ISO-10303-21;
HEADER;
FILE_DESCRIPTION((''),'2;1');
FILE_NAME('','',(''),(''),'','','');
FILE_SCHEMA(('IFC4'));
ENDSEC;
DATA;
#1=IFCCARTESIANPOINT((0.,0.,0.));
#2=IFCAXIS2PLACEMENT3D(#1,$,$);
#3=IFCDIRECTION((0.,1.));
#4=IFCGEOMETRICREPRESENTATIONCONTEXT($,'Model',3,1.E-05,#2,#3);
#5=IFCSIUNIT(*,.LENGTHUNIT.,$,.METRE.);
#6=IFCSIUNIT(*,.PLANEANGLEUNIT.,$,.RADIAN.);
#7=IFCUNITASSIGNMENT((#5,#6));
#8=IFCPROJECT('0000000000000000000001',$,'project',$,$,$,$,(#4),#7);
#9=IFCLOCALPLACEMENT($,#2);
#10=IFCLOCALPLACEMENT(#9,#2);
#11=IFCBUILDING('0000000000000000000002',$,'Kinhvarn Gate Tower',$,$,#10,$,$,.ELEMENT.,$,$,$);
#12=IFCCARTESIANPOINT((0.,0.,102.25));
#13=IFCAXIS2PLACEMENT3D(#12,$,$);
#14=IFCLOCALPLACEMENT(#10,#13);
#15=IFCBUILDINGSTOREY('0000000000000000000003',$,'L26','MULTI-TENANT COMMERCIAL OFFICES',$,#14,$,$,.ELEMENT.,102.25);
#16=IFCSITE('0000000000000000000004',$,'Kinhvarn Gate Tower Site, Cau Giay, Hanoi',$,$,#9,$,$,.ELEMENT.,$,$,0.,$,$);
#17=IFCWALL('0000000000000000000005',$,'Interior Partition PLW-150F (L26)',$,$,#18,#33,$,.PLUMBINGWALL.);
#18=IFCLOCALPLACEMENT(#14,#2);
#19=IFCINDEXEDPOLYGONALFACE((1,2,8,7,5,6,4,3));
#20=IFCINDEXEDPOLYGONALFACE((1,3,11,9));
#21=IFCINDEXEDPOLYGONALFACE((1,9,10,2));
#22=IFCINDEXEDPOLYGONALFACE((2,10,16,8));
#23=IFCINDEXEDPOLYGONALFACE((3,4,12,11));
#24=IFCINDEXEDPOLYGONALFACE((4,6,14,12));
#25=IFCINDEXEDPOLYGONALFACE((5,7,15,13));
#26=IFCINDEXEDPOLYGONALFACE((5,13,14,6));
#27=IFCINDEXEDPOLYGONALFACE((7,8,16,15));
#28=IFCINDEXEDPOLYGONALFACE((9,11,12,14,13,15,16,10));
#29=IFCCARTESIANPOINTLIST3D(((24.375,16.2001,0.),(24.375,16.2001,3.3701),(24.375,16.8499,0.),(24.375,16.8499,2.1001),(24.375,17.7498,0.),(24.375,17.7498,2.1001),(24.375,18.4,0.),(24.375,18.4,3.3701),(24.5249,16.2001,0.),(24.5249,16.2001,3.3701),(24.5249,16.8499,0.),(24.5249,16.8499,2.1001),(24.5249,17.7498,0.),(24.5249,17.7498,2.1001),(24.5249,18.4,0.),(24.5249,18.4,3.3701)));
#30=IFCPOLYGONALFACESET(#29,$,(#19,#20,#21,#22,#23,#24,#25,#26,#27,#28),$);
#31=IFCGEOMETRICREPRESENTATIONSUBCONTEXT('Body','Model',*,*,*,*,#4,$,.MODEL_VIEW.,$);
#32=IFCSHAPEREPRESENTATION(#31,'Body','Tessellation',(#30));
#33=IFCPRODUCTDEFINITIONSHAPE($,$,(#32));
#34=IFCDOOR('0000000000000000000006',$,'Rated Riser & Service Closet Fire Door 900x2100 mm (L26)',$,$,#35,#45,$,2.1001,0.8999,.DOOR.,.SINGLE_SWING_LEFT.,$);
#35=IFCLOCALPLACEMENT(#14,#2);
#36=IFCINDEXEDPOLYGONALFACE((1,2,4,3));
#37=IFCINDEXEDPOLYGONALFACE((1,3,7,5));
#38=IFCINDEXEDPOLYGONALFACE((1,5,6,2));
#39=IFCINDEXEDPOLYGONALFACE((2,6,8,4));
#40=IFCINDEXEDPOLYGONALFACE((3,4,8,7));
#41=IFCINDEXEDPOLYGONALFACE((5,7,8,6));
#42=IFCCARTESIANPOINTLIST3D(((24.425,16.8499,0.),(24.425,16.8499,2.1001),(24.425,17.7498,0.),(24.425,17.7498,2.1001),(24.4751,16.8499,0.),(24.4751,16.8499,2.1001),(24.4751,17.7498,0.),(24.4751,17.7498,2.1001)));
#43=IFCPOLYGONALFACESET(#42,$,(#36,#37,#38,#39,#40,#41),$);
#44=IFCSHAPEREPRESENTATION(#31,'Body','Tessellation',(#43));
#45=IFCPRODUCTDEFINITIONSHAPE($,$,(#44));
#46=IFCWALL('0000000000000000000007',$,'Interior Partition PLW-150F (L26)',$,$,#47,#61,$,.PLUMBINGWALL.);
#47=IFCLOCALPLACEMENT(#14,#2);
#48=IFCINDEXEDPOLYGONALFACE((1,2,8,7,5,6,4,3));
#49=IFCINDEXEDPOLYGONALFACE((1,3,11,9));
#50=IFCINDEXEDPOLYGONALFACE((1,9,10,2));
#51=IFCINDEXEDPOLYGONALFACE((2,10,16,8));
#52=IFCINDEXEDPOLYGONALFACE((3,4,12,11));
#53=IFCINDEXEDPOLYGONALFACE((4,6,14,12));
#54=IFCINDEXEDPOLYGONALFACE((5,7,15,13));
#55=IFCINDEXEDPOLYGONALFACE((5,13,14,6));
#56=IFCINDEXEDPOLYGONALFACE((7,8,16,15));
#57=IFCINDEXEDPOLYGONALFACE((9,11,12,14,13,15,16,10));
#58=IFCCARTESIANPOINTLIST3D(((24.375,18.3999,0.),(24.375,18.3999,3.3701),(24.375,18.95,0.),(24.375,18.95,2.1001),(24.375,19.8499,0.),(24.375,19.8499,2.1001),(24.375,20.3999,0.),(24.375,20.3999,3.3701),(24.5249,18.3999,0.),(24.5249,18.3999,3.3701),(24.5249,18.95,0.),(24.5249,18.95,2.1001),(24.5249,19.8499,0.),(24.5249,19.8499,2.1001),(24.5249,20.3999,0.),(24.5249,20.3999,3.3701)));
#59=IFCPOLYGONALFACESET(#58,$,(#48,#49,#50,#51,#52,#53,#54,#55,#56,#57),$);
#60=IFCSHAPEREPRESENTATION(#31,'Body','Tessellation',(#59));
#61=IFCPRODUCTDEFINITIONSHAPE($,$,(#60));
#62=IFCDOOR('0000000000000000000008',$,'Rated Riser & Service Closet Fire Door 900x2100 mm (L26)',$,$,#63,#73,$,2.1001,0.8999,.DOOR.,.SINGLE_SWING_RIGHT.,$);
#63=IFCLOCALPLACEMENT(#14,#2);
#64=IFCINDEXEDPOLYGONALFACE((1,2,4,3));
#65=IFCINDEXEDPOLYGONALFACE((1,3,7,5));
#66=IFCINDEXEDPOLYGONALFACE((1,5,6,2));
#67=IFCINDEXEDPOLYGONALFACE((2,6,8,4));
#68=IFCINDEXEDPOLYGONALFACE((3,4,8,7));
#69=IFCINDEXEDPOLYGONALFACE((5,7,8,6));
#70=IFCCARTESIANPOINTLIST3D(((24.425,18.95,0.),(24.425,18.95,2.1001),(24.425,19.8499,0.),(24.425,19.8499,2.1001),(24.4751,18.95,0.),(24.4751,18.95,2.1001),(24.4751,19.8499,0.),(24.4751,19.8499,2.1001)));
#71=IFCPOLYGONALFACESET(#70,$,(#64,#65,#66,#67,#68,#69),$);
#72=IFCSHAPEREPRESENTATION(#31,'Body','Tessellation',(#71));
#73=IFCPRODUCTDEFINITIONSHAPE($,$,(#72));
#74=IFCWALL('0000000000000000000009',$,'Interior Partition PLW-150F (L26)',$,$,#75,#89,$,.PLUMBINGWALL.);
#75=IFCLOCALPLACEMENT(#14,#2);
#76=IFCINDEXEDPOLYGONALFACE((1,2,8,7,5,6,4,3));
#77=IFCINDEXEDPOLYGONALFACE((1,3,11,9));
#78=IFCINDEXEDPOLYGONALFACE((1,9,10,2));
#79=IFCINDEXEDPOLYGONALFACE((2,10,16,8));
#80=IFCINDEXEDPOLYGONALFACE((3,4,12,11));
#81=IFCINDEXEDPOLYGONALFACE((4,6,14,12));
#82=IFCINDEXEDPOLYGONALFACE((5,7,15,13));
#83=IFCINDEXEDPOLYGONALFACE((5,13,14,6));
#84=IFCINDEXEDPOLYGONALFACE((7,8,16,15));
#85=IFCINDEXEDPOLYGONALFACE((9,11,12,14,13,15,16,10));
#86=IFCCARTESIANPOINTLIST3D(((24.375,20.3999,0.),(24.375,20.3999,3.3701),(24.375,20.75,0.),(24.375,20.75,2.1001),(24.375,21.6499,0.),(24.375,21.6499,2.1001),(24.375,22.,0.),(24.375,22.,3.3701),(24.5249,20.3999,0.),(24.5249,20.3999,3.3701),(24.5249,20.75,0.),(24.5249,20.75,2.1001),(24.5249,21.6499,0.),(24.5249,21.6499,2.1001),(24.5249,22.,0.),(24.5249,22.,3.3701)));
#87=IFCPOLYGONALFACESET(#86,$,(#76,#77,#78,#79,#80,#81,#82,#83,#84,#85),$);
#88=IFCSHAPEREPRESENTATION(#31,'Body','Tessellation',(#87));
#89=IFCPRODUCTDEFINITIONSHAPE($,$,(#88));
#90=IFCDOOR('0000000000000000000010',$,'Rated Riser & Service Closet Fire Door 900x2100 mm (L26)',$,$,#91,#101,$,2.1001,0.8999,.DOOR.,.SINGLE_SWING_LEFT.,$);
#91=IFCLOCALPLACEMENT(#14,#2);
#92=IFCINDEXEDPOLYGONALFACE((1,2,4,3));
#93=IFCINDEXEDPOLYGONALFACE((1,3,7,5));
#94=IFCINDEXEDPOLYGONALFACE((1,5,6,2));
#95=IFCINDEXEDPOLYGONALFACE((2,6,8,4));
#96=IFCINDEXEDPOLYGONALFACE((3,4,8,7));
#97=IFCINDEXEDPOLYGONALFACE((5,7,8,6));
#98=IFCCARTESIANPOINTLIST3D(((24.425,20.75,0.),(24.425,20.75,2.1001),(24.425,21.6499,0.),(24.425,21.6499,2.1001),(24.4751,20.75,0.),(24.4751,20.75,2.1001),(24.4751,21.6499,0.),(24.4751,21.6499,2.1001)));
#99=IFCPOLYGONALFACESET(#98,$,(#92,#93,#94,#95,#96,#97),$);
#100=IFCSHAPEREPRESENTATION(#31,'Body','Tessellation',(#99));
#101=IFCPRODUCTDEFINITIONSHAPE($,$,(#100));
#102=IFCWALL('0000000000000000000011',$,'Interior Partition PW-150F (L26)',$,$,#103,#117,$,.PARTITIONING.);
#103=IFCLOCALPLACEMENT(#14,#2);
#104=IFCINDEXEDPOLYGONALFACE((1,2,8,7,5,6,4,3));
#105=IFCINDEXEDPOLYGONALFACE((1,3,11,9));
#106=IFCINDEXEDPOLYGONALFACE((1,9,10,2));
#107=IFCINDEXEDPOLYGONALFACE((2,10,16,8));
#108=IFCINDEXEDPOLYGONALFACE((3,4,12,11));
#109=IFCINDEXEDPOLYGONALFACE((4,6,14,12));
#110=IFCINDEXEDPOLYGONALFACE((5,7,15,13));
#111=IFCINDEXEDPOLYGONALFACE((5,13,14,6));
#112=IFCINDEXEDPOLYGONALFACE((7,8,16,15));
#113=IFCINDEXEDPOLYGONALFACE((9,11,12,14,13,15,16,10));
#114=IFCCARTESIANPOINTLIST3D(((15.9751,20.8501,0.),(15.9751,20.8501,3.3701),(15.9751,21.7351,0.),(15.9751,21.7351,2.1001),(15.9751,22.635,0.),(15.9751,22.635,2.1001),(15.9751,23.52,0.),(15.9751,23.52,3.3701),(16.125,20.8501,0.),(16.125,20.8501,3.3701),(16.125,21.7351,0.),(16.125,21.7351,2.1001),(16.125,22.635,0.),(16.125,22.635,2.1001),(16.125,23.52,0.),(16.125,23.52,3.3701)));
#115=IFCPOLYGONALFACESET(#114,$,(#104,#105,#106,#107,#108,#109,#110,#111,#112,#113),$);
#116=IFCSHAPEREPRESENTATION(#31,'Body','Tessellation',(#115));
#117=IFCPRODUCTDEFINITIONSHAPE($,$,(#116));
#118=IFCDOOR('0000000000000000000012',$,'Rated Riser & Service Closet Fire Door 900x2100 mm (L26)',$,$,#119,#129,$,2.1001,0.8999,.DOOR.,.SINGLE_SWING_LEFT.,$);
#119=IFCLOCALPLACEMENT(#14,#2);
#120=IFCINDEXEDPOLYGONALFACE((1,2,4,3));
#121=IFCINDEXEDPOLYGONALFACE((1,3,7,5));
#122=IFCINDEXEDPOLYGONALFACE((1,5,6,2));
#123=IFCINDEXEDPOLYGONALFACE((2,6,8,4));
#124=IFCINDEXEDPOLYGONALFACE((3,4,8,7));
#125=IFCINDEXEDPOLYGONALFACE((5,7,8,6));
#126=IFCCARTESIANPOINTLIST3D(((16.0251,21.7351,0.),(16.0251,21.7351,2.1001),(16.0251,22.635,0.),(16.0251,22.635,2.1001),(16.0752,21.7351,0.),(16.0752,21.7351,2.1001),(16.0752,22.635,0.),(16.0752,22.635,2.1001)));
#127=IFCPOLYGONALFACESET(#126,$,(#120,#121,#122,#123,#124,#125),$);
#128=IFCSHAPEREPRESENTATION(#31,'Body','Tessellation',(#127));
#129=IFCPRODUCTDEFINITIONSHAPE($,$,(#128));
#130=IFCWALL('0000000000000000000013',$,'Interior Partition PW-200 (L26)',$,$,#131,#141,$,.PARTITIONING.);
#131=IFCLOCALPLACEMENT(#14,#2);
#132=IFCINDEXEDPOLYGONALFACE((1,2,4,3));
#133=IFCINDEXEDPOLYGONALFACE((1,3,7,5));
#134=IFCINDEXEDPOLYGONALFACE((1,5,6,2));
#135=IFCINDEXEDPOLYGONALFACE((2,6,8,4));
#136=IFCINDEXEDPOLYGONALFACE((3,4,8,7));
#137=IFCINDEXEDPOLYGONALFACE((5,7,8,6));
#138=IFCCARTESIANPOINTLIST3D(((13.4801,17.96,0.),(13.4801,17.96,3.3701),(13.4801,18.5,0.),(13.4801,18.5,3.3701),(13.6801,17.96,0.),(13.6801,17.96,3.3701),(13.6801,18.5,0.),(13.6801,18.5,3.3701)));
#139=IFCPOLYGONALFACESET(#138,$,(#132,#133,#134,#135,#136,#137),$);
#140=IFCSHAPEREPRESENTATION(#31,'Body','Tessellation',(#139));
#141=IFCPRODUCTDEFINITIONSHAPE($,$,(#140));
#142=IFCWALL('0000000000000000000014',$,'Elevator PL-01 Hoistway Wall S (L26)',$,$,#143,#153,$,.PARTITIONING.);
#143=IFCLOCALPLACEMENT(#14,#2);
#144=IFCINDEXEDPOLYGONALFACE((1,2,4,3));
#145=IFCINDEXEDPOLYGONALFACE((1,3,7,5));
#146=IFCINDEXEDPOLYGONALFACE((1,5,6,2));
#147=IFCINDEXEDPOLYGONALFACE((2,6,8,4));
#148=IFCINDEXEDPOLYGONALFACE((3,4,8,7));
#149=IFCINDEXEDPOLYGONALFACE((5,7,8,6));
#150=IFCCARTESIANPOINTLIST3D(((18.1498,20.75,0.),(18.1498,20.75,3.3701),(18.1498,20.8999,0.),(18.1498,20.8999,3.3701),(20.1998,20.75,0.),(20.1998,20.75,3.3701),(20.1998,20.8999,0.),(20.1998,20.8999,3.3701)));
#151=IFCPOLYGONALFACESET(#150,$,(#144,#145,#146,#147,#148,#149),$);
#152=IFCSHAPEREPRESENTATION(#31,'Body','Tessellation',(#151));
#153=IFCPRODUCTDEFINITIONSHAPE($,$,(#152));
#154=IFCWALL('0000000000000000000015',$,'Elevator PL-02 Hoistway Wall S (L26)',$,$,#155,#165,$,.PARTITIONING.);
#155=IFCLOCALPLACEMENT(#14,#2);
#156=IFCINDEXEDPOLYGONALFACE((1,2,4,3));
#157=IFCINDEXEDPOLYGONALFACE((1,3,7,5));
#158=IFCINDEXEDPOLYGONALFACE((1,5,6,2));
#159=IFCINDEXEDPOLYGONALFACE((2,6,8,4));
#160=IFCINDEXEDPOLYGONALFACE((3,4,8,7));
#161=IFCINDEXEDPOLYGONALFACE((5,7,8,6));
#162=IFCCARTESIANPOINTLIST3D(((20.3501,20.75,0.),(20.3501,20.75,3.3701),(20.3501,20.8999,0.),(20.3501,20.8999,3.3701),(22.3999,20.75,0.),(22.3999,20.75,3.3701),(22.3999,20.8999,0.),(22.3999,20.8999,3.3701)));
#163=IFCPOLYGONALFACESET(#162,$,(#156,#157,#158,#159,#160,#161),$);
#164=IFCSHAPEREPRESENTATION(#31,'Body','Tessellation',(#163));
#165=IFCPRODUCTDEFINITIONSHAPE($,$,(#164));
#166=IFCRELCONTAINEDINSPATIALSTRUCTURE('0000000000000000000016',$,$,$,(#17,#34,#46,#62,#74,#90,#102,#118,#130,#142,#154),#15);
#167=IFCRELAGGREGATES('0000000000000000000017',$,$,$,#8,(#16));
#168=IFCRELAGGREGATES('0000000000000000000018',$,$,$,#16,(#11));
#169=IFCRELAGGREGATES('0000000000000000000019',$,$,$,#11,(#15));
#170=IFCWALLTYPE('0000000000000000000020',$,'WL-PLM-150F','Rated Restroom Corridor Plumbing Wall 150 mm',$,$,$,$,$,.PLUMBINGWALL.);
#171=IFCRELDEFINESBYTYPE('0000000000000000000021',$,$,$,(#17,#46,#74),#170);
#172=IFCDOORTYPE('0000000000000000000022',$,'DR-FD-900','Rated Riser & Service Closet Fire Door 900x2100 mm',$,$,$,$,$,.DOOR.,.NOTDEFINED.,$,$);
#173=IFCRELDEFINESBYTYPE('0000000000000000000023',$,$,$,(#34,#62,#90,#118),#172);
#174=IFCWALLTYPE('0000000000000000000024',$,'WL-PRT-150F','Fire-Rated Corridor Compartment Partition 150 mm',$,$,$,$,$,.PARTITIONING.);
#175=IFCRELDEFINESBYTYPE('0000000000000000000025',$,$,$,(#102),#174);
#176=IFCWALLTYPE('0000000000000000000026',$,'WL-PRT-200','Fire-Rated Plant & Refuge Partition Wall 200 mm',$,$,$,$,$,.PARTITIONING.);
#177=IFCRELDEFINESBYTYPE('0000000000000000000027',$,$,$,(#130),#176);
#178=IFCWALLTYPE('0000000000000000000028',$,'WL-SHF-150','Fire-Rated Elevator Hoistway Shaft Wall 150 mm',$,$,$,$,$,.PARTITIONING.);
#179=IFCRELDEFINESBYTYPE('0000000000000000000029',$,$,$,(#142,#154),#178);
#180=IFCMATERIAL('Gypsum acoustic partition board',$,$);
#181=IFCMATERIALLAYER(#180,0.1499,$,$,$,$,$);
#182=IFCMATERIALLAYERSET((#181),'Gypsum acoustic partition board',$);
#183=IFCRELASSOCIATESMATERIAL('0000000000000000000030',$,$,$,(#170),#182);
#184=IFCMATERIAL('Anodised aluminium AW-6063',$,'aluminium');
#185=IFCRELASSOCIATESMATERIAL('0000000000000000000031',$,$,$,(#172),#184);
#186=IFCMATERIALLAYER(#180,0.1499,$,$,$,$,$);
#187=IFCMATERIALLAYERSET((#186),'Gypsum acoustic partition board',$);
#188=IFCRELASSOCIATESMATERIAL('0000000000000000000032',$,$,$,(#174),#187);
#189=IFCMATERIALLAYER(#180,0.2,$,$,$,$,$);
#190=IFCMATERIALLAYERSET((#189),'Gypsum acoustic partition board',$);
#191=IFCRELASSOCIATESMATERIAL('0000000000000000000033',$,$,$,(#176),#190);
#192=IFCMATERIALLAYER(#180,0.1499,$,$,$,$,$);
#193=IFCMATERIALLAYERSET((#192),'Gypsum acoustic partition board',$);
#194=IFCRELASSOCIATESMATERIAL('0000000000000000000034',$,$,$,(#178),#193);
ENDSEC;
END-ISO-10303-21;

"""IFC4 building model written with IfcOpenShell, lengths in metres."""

from ifc_helpers import new_model, si_unit, direction, frame, frame_2d, origin, place, context, subcontext, project, spatial, rectangle, extrude, material, layer, layer_set, type_object, element, fill, save


model = new_model("IFC4")

# Units and contexts
model_context = context("Model", 3, precision=1e-05, world=origin(), true_north=direction((0.0, 1.0)))
body_context = subcontext(model_context, "Body", "Model", "MODEL_VIEW")
ifc_project = project(units=[si_unit("LENGTHUNIT", "METRE"), si_unit("PLANEANGLEUNIT", "RADIAN")], contexts=[model_context])

# Site, building, storey
site_placement = place(None, origin())
site = spatial("IfcSite", under=ifc_project, at=site_placement, Name="Kinhvarn Gate Tower Site, Cau Giay, Hanoi", CompositionType="ELEMENT", RefElevation=0.0)
building_placement = place(site_placement, origin())
building = spatial("IfcBuilding", under=site, at=building_placement, Name="Kinhvarn Gate Tower", CompositionType="ELEMENT")
storey_placement = place(building_placement, frame((0.0, 0.0, 102.25)))
storey = spatial("IfcBuildingStorey", under=building, at=storey_placement, Name="L26", Description="MULTI-TENANT COMMERCIAL OFFICES", CompositionType="ELEMENT", Elevation=102.25)

# Shared definitions
ifc_material_1 = material(Name="Anodised aluminium AW-6063", Category="aluminium")

# Shared definitions
ifc_material_2 = material(Name="Gypsum acoustic partition board")

# Walls, openings, doors
ifc_layer_1 = layer(ifc_material_2, 0.1499)
ifc_layer_set_1 = layer_set([ifc_layer_1], Name="Gypsum acoustic partition board")
wall_type_1 = type_object("IfcWallType", Name="WL-PLM-150F", Description="Rated Restroom Corridor Plumbing Wall 150 mm", PredefinedType="PLUMBINGWALL", material=ifc_layer_set_1)
wall_1_placement = place(storey_placement, frame((24.45, 16.2, 0.0), z_axis=(0.0, 0.0, 1.0), x_axis=(0.0, 1.0, 0.0)))
wall_1 = element("IfcWall", 1, at=wall_1_placement, inside=storey, type_object=wall_type_1, Name="Interior Partition PLW-150F (L26)", PredefinedType="PLUMBINGWALL", context=body_context, shape_type="SweptSolid", body=[
    extrude(rectangle(XDim=2.2, YDim=0.1499, at=frame_2d((1.1001, 0.0))), origin(), (0.0, 0.0, 1.0), 3.3701),
])
opening_1_placement = place(wall_1_placement, frame((0.6499, 0.0, 0.0)))
opening_1 = element("IfcOpeningElement", 2, at=opening_1_placement, cuts=wall_1, PredefinedType="OPENING", context=body_context, shape_type="SweptSolid", body=[
    extrude(rectangle(XDim=0.8999, YDim=2.1001, at=frame_2d((0.45, 1.05))), frame((0.0, 0.085, 0.0), z_axis=(0.0, -1.0, 0.0), x_axis=(1.0, 0.0, 0.0)), (0.0, 0.0, 1.0), 0.1699),
])
door_type_1 = type_object("IfcDoorType", Name="DR-FD-900", Description="Rated Riser & Service Closet Fire Door 900x2100 mm", OperationType="NOTDEFINED", PredefinedType="DOOR", material=ifc_material_1)
door_1_placement = place(opening_1_placement, origin())
door_1 = element("IfcDoor", 3, at=door_1_placement, inside=storey, type_object=door_type_1, Name="Rated Riser & Service Closet Fire Door 900x2100 mm (L26)", OperationType="SINGLE_SWING_LEFT", OverallHeight=2.1001, OverallWidth=0.8999, PredefinedType="DOOR", context=body_context, shape_type="SweptSolid", body=[
    extrude(rectangle(XDim=0.8999, YDim=2.1001, at=frame_2d((0.45, 1.05))), frame((0.0, 0.0249, 0.0), z_axis=(0.0, -1.0, 0.0), x_axis=(1.0, 0.0, 0.0)), (0.0, 0.0, 1.0), 0.05),
])
fill(opening_1, door_1)
wall_2_placement = place(storey_placement, frame((24.45, 18.3999, 0.0), z_axis=(0.0, 0.0, 1.0), x_axis=(0.0, 1.0, 0.0)))
wall_2 = element("IfcWall", 4, at=wall_2_placement, inside=storey, type_object=wall_type_1, Name="Interior Partition PLW-150F (L26)", PredefinedType="PLUMBINGWALL", context=body_context, shape_type="SweptSolid", body=[
    extrude(rectangle(XDim=2.0, YDim=0.1499, at=frame_2d((1.0, 0.0))), origin(), (0.0, 0.0, 1.0), 3.3701),
])
opening_2_placement = place(wall_2_placement, frame((0.55, 0.0, 0.0)))
opening_2 = element("IfcOpeningElement", 5, at=opening_2_placement, cuts=wall_2, PredefinedType="OPENING", context=body_context, shape_type="SweptSolid", body=[
    extrude(rectangle(XDim=0.8999, YDim=2.1001, at=frame_2d((0.45, 1.05))), frame((0.0, 0.085, 0.0), z_axis=(0.0, -1.0, 0.0), x_axis=(1.0, 0.0, 0.0)), (0.0, 0.0, 1.0), 0.1699),
])
door_2_placement = place(opening_2_placement, origin())
door_2 = element("IfcDoor", 6, at=door_2_placement, inside=storey, type_object=door_type_1, Name="Rated Riser & Service Closet Fire Door 900x2100 mm (L26)", OperationType="SINGLE_SWING_RIGHT", OverallHeight=2.1001, OverallWidth=0.8999, PredefinedType="DOOR", context=body_context, shape_type="SweptSolid", body=[
    extrude(rectangle(XDim=0.8999, YDim=2.1001, at=frame_2d((0.45, 1.05))), frame((0.0, 0.0249, 0.0), z_axis=(0.0, -1.0, 0.0), x_axis=(1.0, 0.0, 0.0)), (0.0, 0.0, 1.0), 0.05),
])
fill(opening_2, door_2)
wall_3_placement = place(storey_placement, frame((24.45, 20.3999, 0.0), z_axis=(0.0, 0.0, 1.0), x_axis=(0.0, 1.0, 0.0)))
wall_3 = element("IfcWall", 7, at=wall_3_placement, inside=storey, type_object=wall_type_1, Name="Interior Partition PLW-150F (L26)", PredefinedType="PLUMBINGWALL", context=body_context, shape_type="SweptSolid", body=[
    extrude(rectangle(XDim=1.6001, YDim=0.1499, at=frame_2d((0.8, 0.0))), origin(), (0.0, 0.0, 1.0), 3.3701),
])
opening_3_placement = place(wall_3_placement, frame((0.3501, 0.0, 0.0)))
opening_3 = element("IfcOpeningElement", 8, at=opening_3_placement, cuts=wall_3, PredefinedType="OPENING", context=body_context, shape_type="SweptSolid", body=[
    extrude(rectangle(XDim=0.8999, YDim=2.1001, at=frame_2d((0.45, 1.05))), frame((0.0, 0.085, 0.0), z_axis=(0.0, -1.0, 0.0), x_axis=(1.0, 0.0, 0.0)), (0.0, 0.0, 1.0), 0.1699),
])
door_3_placement = place(opening_3_placement, origin())
door_3 = element("IfcDoor", 9, at=door_3_placement, inside=storey, type_object=door_type_1, Name="Rated Riser & Service Closet Fire Door 900x2100 mm (L26)", OperationType="SINGLE_SWING_LEFT", OverallHeight=2.1001, OverallWidth=0.8999, PredefinedType="DOOR", context=body_context, shape_type="SweptSolid", body=[
    extrude(rectangle(XDim=0.8999, YDim=2.1001, at=frame_2d((0.45, 1.05))), frame((0.0, 0.0249, 0.0), z_axis=(0.0, -1.0, 0.0), x_axis=(1.0, 0.0, 0.0)), (0.0, 0.0, 1.0), 0.05),
])
fill(opening_3, door_3)
ifc_layer_2 = layer(ifc_material_2, 0.1499)
ifc_layer_set_2 = layer_set([ifc_layer_2], Name="Gypsum acoustic partition board")
wall_type_2 = type_object("IfcWallType", Name="WL-PRT-150F", Description="Fire-Rated Corridor Compartment Partition 150 mm", PredefinedType="PARTITIONING", material=ifc_layer_set_2)
wall_4_placement = place(storey_placement, frame((16.05, 20.8501, 0.0), z_axis=(0.0, 0.0, 1.0), x_axis=(0.0, 1.0, 0.0)))
wall_4 = element("IfcWall", 10, at=wall_4_placement, inside=storey, type_object=wall_type_2, Name="Interior Partition PW-150F (L26)", PredefinedType="PARTITIONING", context=body_context, shape_type="SweptSolid", body=[
    extrude(rectangle(XDim=2.6699, YDim=0.1499, at=frame_2d((1.335, 0.0))), origin(), (0.0, 0.0, 1.0), 3.3701),
])
opening_4_placement = place(wall_4_placement, frame((0.885, 0.0, 0.0)))
opening_4 = element("IfcOpeningElement", 11, at=opening_4_placement, cuts=wall_4, PredefinedType="OPENING", context=body_context, shape_type="SweptSolid", body=[
    extrude(rectangle(XDim=0.8999, YDim=2.1001, at=frame_2d((0.45, 1.05))), frame((0.0, 0.085, 0.0), z_axis=(0.0, -1.0, 0.0), x_axis=(1.0, 0.0, 0.0)), (0.0, 0.0, 1.0), 0.1699),
])
door_4_placement = place(opening_4_placement, origin())
door_4 = element("IfcDoor", 12, at=door_4_placement, inside=storey, type_object=door_type_1, Name="Rated Riser & Service Closet Fire Door 900x2100 mm (L26)", OperationType="SINGLE_SWING_LEFT", OverallHeight=2.1001, OverallWidth=0.8999, PredefinedType="DOOR", context=body_context, shape_type="SweptSolid", body=[
    extrude(rectangle(XDim=0.8999, YDim=2.1001, at=frame_2d((0.45, 1.05))), frame((0.0, 0.0249, 0.0), z_axis=(0.0, -1.0, 0.0), x_axis=(1.0, 0.0, 0.0)), (0.0, 0.0, 1.0), 0.05),
])
fill(opening_4, door_4)

# Walls
ifc_layer_3 = layer(ifc_material_2, 0.2)
ifc_layer_set_3 = layer_set([ifc_layer_3], Name="Gypsum acoustic partition board")
wall_type_3 = type_object("IfcWallType", Name="WL-PRT-200", Description="Fire-Rated Plant & Refuge Partition Wall 200 mm", PredefinedType="PARTITIONING", material=ifc_layer_set_3)
wall_5_placement = place(storey_placement, frame((13.5801, 17.96, 0.0), z_axis=(0.0, 0.0, 1.0), x_axis=(0.0, 1.0, 0.0)))
element("IfcWall", 13, at=wall_5_placement, inside=storey, type_object=wall_type_3, Name="Interior Partition PW-200 (L26)", PredefinedType="PARTITIONING", context=body_context, shape_type="SweptSolid", body=[
    extrude(rectangle(XDim=0.54, YDim=0.2, at=frame_2d((0.27, 0.0))), origin(), (0.0, 0.0, 1.0), 3.3701),
])
ifc_layer_4 = layer(ifc_material_2, 0.1499)
ifc_layer_set_4 = layer_set([ifc_layer_4], Name="Gypsum acoustic partition board")
wall_type_4 = type_object("IfcWallType", Name="WL-SHF-150", Description="Fire-Rated Elevator Hoistway Shaft Wall 150 mm", PredefinedType="PARTITIONING", material=ifc_layer_set_4)
wall_6_placement = place(storey_placement, frame((18.1499, 20.825, 0.0), z_axis=(0.0, 0.0, 1.0), x_axis=(1.0, 0.0, 0.0)))
element("IfcWall", 14, at=wall_6_placement, inside=storey, type_object=wall_type_4, Name="Elevator PL-01 Hoistway Wall S (L26)", PredefinedType="PARTITIONING", context=body_context, shape_type="SweptSolid", body=[
    extrude(rectangle(XDim=2.05, YDim=0.1499, at=frame_2d((1.0249, 0.0))), origin(), (0.0, 0.0, 1.0), 3.3701),
])
wall_7_placement = place(storey_placement, frame((20.3501, 20.825, 0.0), z_axis=(0.0, 0.0, 1.0), x_axis=(1.0, 0.0, 0.0)))
element("IfcWall", 15, at=wall_7_placement, inside=storey, type_object=wall_type_4, Name="Elevator PL-02 Hoistway Wall S (L26)", PredefinedType="PARTITIONING", context=body_context, shape_type="SweptSolid", body=[
    extrude(rectangle(XDim=2.0498, YDim=0.1499, at=frame_2d((1.0249, 0.0))), origin(), (0.0, 0.0, 1.0), 3.3701),
])

save(model, "model.ifc")
